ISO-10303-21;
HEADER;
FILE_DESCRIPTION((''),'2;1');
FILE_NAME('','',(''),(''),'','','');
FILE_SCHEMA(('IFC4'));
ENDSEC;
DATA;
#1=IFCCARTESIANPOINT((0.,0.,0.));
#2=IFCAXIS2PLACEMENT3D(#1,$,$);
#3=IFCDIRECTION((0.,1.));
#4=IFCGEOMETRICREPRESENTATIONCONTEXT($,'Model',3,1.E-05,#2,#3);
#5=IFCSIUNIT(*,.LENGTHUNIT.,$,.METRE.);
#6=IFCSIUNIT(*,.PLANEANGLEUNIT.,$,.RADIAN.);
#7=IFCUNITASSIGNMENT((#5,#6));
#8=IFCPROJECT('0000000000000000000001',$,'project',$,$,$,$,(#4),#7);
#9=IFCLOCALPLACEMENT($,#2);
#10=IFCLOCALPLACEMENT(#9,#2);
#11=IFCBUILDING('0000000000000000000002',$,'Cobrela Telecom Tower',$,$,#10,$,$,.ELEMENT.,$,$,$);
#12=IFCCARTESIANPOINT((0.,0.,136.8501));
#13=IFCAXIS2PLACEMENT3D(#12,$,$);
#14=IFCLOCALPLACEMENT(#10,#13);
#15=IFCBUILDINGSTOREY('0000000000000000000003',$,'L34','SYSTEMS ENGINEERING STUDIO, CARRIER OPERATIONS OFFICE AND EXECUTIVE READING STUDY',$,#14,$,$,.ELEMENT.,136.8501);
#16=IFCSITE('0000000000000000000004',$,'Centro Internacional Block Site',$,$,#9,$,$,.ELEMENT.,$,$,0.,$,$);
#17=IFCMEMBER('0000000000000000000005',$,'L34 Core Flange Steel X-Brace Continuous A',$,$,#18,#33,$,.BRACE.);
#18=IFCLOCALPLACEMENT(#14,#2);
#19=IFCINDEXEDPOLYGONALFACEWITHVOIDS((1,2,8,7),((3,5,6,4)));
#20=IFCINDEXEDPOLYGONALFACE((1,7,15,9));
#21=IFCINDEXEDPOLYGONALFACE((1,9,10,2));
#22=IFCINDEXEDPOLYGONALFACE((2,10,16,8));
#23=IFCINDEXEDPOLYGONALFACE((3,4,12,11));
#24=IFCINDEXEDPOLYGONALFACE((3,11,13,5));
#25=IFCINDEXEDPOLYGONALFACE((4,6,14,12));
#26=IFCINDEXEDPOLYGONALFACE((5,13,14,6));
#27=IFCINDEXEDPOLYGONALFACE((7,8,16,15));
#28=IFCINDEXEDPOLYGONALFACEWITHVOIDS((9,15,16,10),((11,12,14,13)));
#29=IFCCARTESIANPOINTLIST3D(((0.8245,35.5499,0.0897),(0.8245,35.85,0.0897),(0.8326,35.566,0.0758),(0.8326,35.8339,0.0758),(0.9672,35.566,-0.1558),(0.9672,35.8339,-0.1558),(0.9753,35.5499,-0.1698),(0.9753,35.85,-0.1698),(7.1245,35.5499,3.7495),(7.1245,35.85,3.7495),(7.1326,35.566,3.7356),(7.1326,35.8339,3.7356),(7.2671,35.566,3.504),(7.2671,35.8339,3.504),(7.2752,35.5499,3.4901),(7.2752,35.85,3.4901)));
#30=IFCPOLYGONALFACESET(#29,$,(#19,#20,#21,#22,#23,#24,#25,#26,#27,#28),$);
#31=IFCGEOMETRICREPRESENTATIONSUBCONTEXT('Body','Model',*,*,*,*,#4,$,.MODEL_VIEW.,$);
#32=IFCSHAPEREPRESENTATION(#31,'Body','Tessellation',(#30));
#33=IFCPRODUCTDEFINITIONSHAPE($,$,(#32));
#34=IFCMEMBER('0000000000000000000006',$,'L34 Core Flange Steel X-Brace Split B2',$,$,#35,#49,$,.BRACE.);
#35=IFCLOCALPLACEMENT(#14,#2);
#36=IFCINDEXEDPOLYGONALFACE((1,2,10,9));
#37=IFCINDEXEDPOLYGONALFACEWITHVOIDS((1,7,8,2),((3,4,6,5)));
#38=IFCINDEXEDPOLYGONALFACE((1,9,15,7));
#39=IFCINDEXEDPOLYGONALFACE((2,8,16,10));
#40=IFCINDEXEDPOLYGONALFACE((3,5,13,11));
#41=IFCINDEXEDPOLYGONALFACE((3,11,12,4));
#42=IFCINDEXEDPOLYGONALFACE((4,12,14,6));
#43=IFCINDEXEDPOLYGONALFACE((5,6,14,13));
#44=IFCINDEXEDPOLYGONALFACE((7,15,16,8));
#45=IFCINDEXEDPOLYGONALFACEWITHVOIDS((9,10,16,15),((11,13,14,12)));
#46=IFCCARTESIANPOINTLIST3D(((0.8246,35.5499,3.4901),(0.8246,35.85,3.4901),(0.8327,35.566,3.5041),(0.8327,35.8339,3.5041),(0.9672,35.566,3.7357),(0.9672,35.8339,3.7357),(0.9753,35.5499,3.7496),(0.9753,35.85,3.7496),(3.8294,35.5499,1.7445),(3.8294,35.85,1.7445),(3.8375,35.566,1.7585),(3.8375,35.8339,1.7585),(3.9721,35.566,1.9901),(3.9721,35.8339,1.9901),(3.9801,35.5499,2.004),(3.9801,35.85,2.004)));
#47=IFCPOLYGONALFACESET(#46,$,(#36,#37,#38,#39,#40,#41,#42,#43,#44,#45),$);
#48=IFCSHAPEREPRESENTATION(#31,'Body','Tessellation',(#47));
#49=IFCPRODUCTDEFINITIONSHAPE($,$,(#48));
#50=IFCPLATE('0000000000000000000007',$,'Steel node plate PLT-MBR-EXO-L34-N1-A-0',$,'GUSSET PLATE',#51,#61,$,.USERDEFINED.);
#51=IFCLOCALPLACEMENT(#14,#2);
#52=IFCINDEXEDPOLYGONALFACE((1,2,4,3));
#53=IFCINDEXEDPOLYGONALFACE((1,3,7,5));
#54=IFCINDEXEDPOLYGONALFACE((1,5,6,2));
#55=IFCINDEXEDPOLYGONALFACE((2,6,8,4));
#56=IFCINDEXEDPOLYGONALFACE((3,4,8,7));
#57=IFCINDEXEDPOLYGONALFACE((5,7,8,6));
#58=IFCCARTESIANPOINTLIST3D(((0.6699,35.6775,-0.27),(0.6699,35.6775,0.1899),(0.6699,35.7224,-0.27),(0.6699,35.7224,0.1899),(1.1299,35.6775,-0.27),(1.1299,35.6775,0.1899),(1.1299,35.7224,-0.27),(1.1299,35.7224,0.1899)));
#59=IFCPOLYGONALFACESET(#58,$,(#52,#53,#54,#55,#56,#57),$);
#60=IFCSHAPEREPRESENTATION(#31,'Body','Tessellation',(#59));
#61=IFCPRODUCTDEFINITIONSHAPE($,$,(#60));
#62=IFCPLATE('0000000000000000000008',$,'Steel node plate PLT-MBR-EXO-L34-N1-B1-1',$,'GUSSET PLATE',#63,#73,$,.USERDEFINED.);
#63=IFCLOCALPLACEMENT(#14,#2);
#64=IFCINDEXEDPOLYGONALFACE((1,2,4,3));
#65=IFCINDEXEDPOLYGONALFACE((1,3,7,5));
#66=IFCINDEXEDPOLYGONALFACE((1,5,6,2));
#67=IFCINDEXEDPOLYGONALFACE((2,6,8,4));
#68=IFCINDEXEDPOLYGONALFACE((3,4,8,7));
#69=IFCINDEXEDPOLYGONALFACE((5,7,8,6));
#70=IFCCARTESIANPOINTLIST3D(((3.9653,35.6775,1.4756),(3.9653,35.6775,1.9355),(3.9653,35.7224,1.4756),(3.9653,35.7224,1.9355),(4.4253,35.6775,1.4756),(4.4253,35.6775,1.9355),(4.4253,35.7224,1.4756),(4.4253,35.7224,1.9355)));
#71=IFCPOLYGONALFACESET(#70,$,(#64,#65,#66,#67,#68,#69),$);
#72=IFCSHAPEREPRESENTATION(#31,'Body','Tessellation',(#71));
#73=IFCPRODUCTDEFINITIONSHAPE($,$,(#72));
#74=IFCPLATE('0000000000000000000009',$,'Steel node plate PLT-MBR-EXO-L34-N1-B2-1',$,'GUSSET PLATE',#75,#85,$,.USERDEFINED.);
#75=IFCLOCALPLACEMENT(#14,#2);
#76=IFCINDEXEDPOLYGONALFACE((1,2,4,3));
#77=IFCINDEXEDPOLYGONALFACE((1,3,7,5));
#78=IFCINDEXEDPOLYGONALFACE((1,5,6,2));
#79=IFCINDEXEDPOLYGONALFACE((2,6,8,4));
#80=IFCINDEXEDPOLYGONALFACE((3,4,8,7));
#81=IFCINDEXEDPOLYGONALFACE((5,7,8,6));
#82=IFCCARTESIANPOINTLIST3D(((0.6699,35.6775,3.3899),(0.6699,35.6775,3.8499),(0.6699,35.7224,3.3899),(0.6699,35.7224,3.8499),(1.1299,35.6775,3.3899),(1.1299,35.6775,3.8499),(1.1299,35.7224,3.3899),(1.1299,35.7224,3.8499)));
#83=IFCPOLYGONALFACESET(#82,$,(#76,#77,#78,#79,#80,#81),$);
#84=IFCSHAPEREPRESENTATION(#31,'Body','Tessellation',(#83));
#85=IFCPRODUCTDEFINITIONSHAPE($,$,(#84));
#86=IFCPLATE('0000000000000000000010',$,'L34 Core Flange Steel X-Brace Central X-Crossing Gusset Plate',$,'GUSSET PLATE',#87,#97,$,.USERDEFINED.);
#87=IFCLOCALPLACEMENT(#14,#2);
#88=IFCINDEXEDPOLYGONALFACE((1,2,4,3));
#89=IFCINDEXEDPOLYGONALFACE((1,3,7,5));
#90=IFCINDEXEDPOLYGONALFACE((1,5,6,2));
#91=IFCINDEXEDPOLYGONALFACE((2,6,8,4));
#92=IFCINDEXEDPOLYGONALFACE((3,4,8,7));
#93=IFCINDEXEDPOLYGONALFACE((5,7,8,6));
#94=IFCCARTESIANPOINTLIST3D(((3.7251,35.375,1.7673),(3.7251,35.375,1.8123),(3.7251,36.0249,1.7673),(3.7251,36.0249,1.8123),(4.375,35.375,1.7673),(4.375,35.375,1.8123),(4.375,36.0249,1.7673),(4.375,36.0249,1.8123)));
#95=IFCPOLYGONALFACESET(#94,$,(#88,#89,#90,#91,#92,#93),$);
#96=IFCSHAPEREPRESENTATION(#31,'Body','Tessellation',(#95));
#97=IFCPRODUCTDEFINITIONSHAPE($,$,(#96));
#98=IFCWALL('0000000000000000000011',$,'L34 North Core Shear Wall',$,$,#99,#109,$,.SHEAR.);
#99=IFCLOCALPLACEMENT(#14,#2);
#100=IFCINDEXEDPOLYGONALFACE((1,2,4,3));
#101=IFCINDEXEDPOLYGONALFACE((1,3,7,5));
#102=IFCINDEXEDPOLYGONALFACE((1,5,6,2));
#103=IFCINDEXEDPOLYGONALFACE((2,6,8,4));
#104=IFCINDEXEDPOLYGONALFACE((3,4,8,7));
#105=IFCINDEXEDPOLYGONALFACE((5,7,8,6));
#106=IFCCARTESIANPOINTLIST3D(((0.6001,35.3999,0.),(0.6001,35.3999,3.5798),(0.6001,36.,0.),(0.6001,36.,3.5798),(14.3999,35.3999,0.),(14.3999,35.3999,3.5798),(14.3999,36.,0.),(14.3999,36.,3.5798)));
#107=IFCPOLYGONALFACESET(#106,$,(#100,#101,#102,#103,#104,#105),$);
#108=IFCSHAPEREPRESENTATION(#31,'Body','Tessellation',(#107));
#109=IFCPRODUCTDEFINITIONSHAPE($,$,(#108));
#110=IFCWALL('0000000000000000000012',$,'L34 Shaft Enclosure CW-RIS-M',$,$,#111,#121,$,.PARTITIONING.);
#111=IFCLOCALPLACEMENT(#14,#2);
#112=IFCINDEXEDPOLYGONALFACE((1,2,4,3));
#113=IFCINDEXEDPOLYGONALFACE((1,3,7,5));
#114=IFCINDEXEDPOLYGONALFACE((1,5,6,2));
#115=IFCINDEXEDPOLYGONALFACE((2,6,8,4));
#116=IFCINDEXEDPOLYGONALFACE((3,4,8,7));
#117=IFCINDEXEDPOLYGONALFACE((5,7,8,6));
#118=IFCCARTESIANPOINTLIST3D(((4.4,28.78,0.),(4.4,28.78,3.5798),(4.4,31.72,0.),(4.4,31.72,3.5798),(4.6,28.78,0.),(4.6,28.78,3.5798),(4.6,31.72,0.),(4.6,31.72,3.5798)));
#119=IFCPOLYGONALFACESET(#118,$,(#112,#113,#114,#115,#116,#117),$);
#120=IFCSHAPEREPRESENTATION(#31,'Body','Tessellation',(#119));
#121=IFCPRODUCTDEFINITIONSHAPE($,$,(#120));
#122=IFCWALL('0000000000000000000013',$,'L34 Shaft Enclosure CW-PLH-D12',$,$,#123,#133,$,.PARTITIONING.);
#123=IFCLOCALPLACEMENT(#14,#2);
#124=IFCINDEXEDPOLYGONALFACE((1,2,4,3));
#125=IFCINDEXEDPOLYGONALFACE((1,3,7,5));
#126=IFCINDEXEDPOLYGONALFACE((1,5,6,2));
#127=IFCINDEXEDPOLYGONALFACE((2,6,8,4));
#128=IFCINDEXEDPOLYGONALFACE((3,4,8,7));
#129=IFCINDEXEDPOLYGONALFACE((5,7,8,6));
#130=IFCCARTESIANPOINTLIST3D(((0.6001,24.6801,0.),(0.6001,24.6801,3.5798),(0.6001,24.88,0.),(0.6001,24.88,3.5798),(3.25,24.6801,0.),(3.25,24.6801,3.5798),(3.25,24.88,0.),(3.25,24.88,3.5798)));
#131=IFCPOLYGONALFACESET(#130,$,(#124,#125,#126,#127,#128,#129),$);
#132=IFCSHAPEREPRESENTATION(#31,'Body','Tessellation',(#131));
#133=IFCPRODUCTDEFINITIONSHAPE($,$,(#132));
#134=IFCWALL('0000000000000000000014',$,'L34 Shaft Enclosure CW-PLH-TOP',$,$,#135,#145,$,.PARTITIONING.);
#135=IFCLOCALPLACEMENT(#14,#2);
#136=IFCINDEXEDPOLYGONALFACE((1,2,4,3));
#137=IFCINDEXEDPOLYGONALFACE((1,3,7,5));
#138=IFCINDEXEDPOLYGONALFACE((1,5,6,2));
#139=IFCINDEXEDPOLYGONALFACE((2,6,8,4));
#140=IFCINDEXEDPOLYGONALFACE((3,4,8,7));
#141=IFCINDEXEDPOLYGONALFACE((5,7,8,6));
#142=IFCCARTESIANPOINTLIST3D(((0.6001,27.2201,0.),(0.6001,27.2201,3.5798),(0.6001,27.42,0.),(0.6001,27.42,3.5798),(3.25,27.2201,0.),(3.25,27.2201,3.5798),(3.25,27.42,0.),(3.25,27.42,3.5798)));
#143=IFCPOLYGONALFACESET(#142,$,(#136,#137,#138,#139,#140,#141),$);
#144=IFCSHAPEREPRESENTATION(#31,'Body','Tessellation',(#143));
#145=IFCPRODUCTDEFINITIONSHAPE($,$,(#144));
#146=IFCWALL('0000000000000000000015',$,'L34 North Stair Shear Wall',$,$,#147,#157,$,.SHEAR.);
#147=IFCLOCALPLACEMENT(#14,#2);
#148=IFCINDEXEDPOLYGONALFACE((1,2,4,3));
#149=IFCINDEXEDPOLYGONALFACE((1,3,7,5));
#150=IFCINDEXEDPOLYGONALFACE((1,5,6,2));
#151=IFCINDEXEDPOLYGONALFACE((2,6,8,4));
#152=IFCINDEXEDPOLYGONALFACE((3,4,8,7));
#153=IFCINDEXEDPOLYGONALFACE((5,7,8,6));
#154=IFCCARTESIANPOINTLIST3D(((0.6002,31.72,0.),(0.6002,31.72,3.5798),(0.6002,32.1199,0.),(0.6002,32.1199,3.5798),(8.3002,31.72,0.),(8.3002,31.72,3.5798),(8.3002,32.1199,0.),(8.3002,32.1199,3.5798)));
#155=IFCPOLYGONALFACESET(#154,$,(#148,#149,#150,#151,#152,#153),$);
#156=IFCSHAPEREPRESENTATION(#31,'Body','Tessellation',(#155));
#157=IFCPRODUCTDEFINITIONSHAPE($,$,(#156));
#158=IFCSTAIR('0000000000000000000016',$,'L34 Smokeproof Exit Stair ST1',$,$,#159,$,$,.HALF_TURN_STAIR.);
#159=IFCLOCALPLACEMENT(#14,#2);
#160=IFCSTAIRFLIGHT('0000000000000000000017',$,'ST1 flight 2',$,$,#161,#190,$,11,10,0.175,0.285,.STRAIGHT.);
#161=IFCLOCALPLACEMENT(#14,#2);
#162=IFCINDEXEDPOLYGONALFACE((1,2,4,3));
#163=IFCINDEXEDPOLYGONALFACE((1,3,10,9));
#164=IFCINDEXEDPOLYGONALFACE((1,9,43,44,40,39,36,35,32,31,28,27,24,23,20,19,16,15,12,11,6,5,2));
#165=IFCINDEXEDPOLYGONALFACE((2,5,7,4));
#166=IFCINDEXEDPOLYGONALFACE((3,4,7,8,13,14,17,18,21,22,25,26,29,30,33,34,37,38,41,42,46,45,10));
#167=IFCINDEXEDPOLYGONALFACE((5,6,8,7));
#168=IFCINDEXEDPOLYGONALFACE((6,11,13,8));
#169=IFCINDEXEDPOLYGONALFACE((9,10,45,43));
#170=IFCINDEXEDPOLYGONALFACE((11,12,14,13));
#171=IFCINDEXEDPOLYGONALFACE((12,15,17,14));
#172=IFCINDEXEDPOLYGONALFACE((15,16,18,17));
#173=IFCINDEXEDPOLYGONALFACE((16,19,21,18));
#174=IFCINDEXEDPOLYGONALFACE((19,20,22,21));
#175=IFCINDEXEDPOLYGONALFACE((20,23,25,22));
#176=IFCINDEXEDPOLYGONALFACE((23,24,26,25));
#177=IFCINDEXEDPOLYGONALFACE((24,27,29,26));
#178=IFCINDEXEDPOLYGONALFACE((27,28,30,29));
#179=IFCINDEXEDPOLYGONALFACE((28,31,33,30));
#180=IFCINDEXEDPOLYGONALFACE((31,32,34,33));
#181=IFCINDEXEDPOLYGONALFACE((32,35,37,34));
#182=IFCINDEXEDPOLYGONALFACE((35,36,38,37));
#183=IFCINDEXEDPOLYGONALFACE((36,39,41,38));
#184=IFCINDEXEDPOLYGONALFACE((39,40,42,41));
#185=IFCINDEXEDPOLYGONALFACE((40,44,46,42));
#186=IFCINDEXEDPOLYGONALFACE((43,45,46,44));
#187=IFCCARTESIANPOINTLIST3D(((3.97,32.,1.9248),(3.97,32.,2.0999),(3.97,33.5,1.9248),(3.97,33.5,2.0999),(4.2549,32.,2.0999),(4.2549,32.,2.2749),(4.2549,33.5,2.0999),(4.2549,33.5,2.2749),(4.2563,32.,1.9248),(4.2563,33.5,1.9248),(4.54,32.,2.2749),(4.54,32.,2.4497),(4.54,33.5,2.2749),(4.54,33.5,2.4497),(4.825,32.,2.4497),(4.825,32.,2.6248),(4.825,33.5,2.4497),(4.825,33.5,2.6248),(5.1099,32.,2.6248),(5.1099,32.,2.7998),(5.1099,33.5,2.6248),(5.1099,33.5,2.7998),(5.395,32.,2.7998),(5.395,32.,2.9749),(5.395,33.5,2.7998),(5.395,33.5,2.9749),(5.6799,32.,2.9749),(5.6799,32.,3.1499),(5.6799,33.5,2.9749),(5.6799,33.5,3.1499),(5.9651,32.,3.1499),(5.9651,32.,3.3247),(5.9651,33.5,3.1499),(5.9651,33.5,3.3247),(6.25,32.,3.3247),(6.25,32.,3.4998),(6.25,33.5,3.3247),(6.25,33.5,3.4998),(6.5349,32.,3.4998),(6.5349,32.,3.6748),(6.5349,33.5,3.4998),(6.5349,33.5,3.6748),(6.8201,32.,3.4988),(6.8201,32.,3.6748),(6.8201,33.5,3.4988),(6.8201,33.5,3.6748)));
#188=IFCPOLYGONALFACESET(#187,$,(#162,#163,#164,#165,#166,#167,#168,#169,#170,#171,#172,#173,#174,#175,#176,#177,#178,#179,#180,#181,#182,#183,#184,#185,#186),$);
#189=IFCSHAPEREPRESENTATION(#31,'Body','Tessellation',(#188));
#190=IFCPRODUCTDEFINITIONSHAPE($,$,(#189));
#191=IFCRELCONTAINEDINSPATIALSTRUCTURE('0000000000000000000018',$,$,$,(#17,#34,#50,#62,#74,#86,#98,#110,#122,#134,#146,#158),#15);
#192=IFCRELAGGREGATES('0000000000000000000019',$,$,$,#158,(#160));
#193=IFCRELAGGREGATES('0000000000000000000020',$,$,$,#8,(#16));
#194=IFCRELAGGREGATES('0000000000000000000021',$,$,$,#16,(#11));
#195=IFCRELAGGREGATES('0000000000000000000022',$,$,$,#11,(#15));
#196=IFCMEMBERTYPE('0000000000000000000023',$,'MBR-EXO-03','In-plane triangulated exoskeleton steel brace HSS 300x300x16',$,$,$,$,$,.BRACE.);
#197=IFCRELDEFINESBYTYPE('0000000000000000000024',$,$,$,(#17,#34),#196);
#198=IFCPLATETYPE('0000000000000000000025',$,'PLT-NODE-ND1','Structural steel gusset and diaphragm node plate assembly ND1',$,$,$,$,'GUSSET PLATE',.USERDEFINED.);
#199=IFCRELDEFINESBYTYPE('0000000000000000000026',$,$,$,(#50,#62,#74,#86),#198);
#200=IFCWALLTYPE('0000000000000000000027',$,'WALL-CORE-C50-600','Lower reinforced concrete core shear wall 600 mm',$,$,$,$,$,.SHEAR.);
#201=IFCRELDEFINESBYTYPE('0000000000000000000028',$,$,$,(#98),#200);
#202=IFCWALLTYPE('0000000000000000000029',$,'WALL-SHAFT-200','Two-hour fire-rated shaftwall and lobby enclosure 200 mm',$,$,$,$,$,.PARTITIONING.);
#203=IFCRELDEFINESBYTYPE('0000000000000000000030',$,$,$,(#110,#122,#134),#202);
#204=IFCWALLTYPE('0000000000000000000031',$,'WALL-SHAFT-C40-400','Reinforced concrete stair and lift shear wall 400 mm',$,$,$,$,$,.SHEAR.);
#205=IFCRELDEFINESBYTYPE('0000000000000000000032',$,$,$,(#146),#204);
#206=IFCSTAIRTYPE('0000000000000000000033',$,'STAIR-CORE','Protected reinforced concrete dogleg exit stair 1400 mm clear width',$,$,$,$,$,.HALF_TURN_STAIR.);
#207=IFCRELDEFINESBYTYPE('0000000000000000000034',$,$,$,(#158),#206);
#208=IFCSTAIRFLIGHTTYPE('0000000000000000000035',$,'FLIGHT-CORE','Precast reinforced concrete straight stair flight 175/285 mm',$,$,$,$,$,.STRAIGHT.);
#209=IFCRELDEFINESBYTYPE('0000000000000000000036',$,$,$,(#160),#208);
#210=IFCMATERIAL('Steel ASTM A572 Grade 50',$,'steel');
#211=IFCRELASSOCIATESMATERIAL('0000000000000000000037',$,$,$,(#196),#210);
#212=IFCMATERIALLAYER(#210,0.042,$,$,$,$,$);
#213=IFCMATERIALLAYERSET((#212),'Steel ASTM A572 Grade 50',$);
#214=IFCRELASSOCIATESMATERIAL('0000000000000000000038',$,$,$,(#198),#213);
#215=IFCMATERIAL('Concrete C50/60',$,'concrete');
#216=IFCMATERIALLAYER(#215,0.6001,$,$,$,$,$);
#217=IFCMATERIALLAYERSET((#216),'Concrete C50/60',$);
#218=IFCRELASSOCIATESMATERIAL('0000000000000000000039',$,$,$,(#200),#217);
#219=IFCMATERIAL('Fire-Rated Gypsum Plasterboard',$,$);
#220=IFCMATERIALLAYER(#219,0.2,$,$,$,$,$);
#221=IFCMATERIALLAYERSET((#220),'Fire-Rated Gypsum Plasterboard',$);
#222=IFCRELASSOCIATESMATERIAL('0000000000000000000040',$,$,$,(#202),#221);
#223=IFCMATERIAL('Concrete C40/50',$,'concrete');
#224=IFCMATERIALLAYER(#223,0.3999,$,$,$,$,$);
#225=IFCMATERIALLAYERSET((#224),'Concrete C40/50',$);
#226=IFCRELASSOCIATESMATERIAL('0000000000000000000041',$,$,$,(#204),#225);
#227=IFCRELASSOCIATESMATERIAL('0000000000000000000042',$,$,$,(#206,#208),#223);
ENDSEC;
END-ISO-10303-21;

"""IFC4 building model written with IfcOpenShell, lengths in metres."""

from ifc_helpers import new_model, si_unit, direction, frame, frame_2d, origin, origin_2d, place, context, subcontext, project, spatial, polyline, rectangle, hollow_rectangle, outline, extrude, material, layer, layer_set, material_profile, profile_set, type_object, element, aggregate, save


model = new_model("IFC4")

# Units and contexts
model_context = context("Model", 3, precision=1e-05, world=origin(), true_north=direction((0.0, 1.0)))
body_context = subcontext(model_context, "Body", "Model", "MODEL_VIEW")
ifc_project = project(units=[si_unit("LENGTHUNIT", "METRE"), si_unit("PLANEANGLEUNIT", "RADIAN")], contexts=[model_context])

# Site, building, storey
site_placement = place(None, origin())
site = spatial("IfcSite", under=ifc_project, at=site_placement, Name="Centro Internacional Block Site", CompositionType="ELEMENT", RefElevation=0.0)
building_placement = place(site_placement, origin())
building = spatial("IfcBuilding", under=site, at=building_placement, Name="Cobrela Telecom Tower", CompositionType="ELEMENT")
storey_placement = place(building_placement, frame((0.0, 0.0, 136.8501)))
storey = spatial("IfcBuildingStorey", under=building, at=storey_placement, Name="L34", Description="SYSTEMS ENGINEERING STUDIO, CARRIER OPERATIONS OFFICE AND EXECUTIVE READING STUDY", CompositionType="ELEMENT", Elevation=136.8501)

# Members
ifc_material_1 = material(Name="Steel ASTM A572 Grade 50", Category="steel")
ifc_material_profile = material_profile(ifc_material_1, hollow_rectangle(XDim=0.3, YDim=0.3, WallThickness=0.0161, at=origin_2d()), Name="HSS 300x300x16")
ifc_profile_set = profile_set([ifc_material_profile], Name="Steel ASTM A572 Grade 50")
member_type = type_object("IfcMemberType", Name="MBR-EXO-03", Description="In-plane triangulated exoskeleton steel brace HSS 300x300x16", PredefinedType="BRACE", material=ifc_profile_set)
member_1_placement = place(storey_placement, frame((0.8999, 35.7, -0.04), z_axis=(0.864681, 0.0, 0.502322), x_axis=(0.0, 1.0, 0.0)))
element("IfcMember", 1, at=member_1_placement, inside=storey, type_object=member_type, Name="L34 Core Flange Steel X-Brace Continuous A", PredefinedType="BRACE", context=body_context, shape_type="SweptSolid", body=[
    extrude(hollow_rectangle(XDim=0.3, YDim=0.3, WallThickness=0.0161, at=origin_2d()), origin(), (0.0, 0.0, 1.0), 7.2859),
])
member_2_placement = place(storey_placement, frame((3.9048, 35.7, 1.8743), z_axis=(-0.864685, 0.0, 0.502315), x_axis=(0.0, -1.0, 0.0)))
element("IfcMember", 2, at=member_2_placement, inside=storey, type_object=member_type, Name="L34 Core Flange Steel X-Brace Split B2", PredefinedType="BRACE", context=body_context, shape_type="SweptSolid", body=[
    extrude(hollow_rectangle(XDim=0.3, YDim=0.3, WallThickness=0.0161, at=origin_2d()), origin(), (0.0, 0.0, 1.0), 3.4751),
])

# Plates
ifc_layer_1 = layer(ifc_material_1, 0.042)
ifc_layer_set_1 = layer_set([ifc_layer_1], Name="Steel ASTM A572 Grade 50")
plate_type = type_object("IfcPlateType", Name="PLT-NODE-ND1", Description="Structural steel gusset and diaphragm node plate assembly ND1", ElementType="GUSSET PLATE", PredefinedType="USERDEFINED", material=ifc_layer_set_1)
for number, where, z_axis, x_axis, name in (
    (3, (0.8999, 35.7, -0.27), (0.0, 0.0, 1.0), (1.0, 0.0, 0.0), "Steel node plate PLT-MBR-EXO-L34-N1-A-0"),
    (4, (4.1953, 35.7, 1.4756), (0.0, 0.0, 1.0), (-1.0, 0.0, 0.0), "Steel node plate PLT-MBR-EXO-L34-N1-B1-1"),
    (5, (0.8999, 35.7, 3.3899), (0.0, 0.0, 1.0), (-1.0, 0.0, 0.0), "Steel node plate PLT-MBR-EXO-L34-N1-B2-1"),
):
    element("IfcPlate", number, at=place(storey_placement, frame(where, z_axis=z_axis, x_axis=x_axis)), inside=storey, type_object=plate_type, Name=name, ObjectType="GUSSET PLATE", PredefinedType="USERDEFINED", context=body_context, shape_type="SweptSolid", body=[
        extrude(rectangle(XDim=0.46, YDim=0.0449, at=origin_2d()), origin(), (0.0, 0.0, 1.0), 0.46),
    ])
plate_placement = place(storey_placement, frame((4.05, 35.7, 1.7673), z_axis=(0.0, 0.0, 1.0), x_axis=(1.0, 0.0, 0.0)))
element("IfcPlate", 6, at=plate_placement, inside=storey, type_object=plate_type, Name="L34 Core Flange Steel X-Brace Central X-Crossing Gusset Plate", ObjectType="GUSSET PLATE", PredefinedType="USERDEFINED", context=body_context, shape_type="SweptSolid", body=[
    extrude(rectangle(XDim=0.6499, YDim=0.6499, at=origin_2d()), origin(), (0.0, 0.0, 1.0), 0.0449),
])

# Wall
ifc_material_2 = material(Name="Concrete C50/60", Category="concrete")
ifc_layer_2 = layer(ifc_material_2, 0.6001)
ifc_layer_set_2 = layer_set([ifc_layer_2], Name="Concrete C50/60")
wall_type_1 = type_object("IfcWallType", Name="WALL-CORE-C50-600", Description="Lower reinforced concrete core shear wall 600 mm", PredefinedType="SHEAR", material=ifc_layer_set_2)
wall_1_placement = place(storey_placement, frame((0.6001, 35.7, 0.0), z_axis=(0.0, 0.0, 1.0), x_axis=(1.0, 0.0, 0.0)))
element("IfcWall", 7, at=wall_1_placement, inside=storey, type_object=wall_type_1, Name="L34 North Core Shear Wall", PredefinedType="SHEAR", context=body_context, shape_type="SweptSolid", body=[
    extrude(rectangle(XDim=13.7998, YDim=0.6001, at=frame_2d((6.8999, 0.0))), origin(), (0.0, 0.0, 1.0), 3.5798),
])

# Shared definitions
ifc_material_3 = material(Name="Fire-Rated Gypsum Plasterboard")
ifc_layer_3 = layer(ifc_material_3, 0.2)
ifc_layer_set_3 = layer_set([ifc_layer_3], Name="Fire-Rated Gypsum Plasterboard")
wall_type_2 = type_object("IfcWallType", Name="WALL-SHAFT-200", Description="Two-hour fire-rated shaftwall and lobby enclosure 200 mm", PredefinedType="PARTITIONING", material=ifc_layer_set_3)

# Walls
wall_2_placement = place(storey_placement, frame((4.5, 28.78, 0.0), z_axis=(0.0, 0.0, 1.0), x_axis=(0.0, 1.0, 0.0)))
element("IfcWall", 8, at=wall_2_placement, inside=storey, type_object=wall_type_2, Name="L34 Shaft Enclosure CW-RIS-M", PredefinedType="PARTITIONING", context=body_context, shape_type="SweptSolid", body=[
    extrude(rectangle(XDim=2.9399, YDim=0.2, at=frame_2d((1.47, 0.0))), origin(), (0.0, 0.0, 1.0), 3.5798),
])
for number, where, z_axis, x_axis, name in (
    (9, (0.6001, 24.78, 0.0), (0.0, 0.0, 1.0), (1.0, 0.0, 0.0), "L34 Shaft Enclosure CW-PLH-D12"),
    (10, (0.6001, 27.3201, 0.0), (0.0, 0.0, 1.0), (1.0, 0.0, 0.0), "L34 Shaft Enclosure CW-PLH-TOP"),
):
    element("IfcWall", number, at=place(storey_placement, frame(where, z_axis=z_axis, x_axis=x_axis)), inside=storey, type_object=wall_type_2, Name=name, PredefinedType="PARTITIONING", context=body_context, shape_type="SweptSolid", body=[
        extrude(rectangle(XDim=2.6499, YDim=0.2, at=frame_2d((1.325, 0.0))), origin(), (0.0, 0.0, 1.0), 3.5798),
    ])
ifc_material_4 = material(Name="Concrete C40/50", Category="concrete")
ifc_layer_4 = layer(ifc_material_4, 0.3999)
ifc_layer_set_4 = layer_set([ifc_layer_4], Name="Concrete C40/50")
wall_type_3 = type_object("IfcWallType", Name="WALL-SHAFT-C40-400", Description="Reinforced concrete stair and lift shear wall 400 mm", PredefinedType="SHEAR", material=ifc_layer_set_4)
wall_3_placement = place(storey_placement, frame((0.6001, 31.9199, 0.0), z_axis=(0.0, 0.0, 1.0), x_axis=(1.0, 0.0, 0.0)))
element("IfcWall", 11, at=wall_3_placement, inside=storey, type_object=wall_type_3, Name="L34 North Stair Shear Wall", PredefinedType="SHEAR", context=body_context, shape_type="SweptSolid", body=[
    extrude(rectangle(XDim=7.7, YDim=0.3999, at=frame_2d((3.8501, 0.0))), origin(), (0.0, 0.0, 1.0), 3.5798),
])

# Stair, stair flight
stair_type = type_object("IfcStairType", Name="STAIR-CORE", Description="Protected reinforced concrete dogleg exit stair 1400 mm clear width", PredefinedType="HALF_TURN_STAIR", material=ifc_material_4)
stair_placement = place(storey_placement, origin())
stair = element("IfcStair", 12, at=stair_placement, inside=storey, type_object=stair_type, Name="L34 Smokeproof Exit Stair ST1", PredefinedType="HALF_TURN_STAIR")
stair_flight_type = type_object("IfcStairFlightType", Name="FLIGHT-CORE", Description="Precast reinforced concrete straight stair flight 175/285 mm", PredefinedType="STRAIGHT", material=ifc_material_4)
stair_flight_placement = place(storey_placement, frame((3.97, 32.75, 1.9248), z_axis=(0.0, 0.0, 1.0), x_axis=(1.0, 0.0, 0.0)))
stair_flight = element("IfcStairFlight", 13, at=stair_flight_placement, type_object=stair_flight_type, Name="ST1 flight 2", NumberOfRisers=11, NumberOfTreads=10, PredefinedType="STRAIGHT", RiserHeight=0.175, TreadLength=0.285, context=body_context, shape_type="SweptSolid", body=[
    extrude(outline(polyline([(0.0, 0.0), (0.0, 0.175), (0.2849, 0.175), (0.2849, 0.3501), (0.5701, 0.3501), (0.5701, 0.5249), (0.855, 0.5249), (0.855, 0.7), (1.1399, 0.7), (1.1399, 0.875), (1.425, 0.875), (1.425, 1.05), (1.71, 1.05), (1.71, 1.2251), (1.9951, 1.2251), (1.9951, 1.3999), (2.28, 1.3999), (2.28, 1.575), (2.5649, 1.575), (2.5649, 1.75), (2.8501, 1.75), (2.8501, 1.925), (2.8501, 1.574), (0.2864, 0.0), (0.0, 0.0)])), frame((0.0, 0.75, 0.0), z_axis=(0.0, -1.0, 0.0), x_axis=(1.0, 0.0, 0.0)), (0.0, 0.0, 1.0), 1.5),
])
aggregate(stair, [stair_flight])

save(model, "model.ifc")
